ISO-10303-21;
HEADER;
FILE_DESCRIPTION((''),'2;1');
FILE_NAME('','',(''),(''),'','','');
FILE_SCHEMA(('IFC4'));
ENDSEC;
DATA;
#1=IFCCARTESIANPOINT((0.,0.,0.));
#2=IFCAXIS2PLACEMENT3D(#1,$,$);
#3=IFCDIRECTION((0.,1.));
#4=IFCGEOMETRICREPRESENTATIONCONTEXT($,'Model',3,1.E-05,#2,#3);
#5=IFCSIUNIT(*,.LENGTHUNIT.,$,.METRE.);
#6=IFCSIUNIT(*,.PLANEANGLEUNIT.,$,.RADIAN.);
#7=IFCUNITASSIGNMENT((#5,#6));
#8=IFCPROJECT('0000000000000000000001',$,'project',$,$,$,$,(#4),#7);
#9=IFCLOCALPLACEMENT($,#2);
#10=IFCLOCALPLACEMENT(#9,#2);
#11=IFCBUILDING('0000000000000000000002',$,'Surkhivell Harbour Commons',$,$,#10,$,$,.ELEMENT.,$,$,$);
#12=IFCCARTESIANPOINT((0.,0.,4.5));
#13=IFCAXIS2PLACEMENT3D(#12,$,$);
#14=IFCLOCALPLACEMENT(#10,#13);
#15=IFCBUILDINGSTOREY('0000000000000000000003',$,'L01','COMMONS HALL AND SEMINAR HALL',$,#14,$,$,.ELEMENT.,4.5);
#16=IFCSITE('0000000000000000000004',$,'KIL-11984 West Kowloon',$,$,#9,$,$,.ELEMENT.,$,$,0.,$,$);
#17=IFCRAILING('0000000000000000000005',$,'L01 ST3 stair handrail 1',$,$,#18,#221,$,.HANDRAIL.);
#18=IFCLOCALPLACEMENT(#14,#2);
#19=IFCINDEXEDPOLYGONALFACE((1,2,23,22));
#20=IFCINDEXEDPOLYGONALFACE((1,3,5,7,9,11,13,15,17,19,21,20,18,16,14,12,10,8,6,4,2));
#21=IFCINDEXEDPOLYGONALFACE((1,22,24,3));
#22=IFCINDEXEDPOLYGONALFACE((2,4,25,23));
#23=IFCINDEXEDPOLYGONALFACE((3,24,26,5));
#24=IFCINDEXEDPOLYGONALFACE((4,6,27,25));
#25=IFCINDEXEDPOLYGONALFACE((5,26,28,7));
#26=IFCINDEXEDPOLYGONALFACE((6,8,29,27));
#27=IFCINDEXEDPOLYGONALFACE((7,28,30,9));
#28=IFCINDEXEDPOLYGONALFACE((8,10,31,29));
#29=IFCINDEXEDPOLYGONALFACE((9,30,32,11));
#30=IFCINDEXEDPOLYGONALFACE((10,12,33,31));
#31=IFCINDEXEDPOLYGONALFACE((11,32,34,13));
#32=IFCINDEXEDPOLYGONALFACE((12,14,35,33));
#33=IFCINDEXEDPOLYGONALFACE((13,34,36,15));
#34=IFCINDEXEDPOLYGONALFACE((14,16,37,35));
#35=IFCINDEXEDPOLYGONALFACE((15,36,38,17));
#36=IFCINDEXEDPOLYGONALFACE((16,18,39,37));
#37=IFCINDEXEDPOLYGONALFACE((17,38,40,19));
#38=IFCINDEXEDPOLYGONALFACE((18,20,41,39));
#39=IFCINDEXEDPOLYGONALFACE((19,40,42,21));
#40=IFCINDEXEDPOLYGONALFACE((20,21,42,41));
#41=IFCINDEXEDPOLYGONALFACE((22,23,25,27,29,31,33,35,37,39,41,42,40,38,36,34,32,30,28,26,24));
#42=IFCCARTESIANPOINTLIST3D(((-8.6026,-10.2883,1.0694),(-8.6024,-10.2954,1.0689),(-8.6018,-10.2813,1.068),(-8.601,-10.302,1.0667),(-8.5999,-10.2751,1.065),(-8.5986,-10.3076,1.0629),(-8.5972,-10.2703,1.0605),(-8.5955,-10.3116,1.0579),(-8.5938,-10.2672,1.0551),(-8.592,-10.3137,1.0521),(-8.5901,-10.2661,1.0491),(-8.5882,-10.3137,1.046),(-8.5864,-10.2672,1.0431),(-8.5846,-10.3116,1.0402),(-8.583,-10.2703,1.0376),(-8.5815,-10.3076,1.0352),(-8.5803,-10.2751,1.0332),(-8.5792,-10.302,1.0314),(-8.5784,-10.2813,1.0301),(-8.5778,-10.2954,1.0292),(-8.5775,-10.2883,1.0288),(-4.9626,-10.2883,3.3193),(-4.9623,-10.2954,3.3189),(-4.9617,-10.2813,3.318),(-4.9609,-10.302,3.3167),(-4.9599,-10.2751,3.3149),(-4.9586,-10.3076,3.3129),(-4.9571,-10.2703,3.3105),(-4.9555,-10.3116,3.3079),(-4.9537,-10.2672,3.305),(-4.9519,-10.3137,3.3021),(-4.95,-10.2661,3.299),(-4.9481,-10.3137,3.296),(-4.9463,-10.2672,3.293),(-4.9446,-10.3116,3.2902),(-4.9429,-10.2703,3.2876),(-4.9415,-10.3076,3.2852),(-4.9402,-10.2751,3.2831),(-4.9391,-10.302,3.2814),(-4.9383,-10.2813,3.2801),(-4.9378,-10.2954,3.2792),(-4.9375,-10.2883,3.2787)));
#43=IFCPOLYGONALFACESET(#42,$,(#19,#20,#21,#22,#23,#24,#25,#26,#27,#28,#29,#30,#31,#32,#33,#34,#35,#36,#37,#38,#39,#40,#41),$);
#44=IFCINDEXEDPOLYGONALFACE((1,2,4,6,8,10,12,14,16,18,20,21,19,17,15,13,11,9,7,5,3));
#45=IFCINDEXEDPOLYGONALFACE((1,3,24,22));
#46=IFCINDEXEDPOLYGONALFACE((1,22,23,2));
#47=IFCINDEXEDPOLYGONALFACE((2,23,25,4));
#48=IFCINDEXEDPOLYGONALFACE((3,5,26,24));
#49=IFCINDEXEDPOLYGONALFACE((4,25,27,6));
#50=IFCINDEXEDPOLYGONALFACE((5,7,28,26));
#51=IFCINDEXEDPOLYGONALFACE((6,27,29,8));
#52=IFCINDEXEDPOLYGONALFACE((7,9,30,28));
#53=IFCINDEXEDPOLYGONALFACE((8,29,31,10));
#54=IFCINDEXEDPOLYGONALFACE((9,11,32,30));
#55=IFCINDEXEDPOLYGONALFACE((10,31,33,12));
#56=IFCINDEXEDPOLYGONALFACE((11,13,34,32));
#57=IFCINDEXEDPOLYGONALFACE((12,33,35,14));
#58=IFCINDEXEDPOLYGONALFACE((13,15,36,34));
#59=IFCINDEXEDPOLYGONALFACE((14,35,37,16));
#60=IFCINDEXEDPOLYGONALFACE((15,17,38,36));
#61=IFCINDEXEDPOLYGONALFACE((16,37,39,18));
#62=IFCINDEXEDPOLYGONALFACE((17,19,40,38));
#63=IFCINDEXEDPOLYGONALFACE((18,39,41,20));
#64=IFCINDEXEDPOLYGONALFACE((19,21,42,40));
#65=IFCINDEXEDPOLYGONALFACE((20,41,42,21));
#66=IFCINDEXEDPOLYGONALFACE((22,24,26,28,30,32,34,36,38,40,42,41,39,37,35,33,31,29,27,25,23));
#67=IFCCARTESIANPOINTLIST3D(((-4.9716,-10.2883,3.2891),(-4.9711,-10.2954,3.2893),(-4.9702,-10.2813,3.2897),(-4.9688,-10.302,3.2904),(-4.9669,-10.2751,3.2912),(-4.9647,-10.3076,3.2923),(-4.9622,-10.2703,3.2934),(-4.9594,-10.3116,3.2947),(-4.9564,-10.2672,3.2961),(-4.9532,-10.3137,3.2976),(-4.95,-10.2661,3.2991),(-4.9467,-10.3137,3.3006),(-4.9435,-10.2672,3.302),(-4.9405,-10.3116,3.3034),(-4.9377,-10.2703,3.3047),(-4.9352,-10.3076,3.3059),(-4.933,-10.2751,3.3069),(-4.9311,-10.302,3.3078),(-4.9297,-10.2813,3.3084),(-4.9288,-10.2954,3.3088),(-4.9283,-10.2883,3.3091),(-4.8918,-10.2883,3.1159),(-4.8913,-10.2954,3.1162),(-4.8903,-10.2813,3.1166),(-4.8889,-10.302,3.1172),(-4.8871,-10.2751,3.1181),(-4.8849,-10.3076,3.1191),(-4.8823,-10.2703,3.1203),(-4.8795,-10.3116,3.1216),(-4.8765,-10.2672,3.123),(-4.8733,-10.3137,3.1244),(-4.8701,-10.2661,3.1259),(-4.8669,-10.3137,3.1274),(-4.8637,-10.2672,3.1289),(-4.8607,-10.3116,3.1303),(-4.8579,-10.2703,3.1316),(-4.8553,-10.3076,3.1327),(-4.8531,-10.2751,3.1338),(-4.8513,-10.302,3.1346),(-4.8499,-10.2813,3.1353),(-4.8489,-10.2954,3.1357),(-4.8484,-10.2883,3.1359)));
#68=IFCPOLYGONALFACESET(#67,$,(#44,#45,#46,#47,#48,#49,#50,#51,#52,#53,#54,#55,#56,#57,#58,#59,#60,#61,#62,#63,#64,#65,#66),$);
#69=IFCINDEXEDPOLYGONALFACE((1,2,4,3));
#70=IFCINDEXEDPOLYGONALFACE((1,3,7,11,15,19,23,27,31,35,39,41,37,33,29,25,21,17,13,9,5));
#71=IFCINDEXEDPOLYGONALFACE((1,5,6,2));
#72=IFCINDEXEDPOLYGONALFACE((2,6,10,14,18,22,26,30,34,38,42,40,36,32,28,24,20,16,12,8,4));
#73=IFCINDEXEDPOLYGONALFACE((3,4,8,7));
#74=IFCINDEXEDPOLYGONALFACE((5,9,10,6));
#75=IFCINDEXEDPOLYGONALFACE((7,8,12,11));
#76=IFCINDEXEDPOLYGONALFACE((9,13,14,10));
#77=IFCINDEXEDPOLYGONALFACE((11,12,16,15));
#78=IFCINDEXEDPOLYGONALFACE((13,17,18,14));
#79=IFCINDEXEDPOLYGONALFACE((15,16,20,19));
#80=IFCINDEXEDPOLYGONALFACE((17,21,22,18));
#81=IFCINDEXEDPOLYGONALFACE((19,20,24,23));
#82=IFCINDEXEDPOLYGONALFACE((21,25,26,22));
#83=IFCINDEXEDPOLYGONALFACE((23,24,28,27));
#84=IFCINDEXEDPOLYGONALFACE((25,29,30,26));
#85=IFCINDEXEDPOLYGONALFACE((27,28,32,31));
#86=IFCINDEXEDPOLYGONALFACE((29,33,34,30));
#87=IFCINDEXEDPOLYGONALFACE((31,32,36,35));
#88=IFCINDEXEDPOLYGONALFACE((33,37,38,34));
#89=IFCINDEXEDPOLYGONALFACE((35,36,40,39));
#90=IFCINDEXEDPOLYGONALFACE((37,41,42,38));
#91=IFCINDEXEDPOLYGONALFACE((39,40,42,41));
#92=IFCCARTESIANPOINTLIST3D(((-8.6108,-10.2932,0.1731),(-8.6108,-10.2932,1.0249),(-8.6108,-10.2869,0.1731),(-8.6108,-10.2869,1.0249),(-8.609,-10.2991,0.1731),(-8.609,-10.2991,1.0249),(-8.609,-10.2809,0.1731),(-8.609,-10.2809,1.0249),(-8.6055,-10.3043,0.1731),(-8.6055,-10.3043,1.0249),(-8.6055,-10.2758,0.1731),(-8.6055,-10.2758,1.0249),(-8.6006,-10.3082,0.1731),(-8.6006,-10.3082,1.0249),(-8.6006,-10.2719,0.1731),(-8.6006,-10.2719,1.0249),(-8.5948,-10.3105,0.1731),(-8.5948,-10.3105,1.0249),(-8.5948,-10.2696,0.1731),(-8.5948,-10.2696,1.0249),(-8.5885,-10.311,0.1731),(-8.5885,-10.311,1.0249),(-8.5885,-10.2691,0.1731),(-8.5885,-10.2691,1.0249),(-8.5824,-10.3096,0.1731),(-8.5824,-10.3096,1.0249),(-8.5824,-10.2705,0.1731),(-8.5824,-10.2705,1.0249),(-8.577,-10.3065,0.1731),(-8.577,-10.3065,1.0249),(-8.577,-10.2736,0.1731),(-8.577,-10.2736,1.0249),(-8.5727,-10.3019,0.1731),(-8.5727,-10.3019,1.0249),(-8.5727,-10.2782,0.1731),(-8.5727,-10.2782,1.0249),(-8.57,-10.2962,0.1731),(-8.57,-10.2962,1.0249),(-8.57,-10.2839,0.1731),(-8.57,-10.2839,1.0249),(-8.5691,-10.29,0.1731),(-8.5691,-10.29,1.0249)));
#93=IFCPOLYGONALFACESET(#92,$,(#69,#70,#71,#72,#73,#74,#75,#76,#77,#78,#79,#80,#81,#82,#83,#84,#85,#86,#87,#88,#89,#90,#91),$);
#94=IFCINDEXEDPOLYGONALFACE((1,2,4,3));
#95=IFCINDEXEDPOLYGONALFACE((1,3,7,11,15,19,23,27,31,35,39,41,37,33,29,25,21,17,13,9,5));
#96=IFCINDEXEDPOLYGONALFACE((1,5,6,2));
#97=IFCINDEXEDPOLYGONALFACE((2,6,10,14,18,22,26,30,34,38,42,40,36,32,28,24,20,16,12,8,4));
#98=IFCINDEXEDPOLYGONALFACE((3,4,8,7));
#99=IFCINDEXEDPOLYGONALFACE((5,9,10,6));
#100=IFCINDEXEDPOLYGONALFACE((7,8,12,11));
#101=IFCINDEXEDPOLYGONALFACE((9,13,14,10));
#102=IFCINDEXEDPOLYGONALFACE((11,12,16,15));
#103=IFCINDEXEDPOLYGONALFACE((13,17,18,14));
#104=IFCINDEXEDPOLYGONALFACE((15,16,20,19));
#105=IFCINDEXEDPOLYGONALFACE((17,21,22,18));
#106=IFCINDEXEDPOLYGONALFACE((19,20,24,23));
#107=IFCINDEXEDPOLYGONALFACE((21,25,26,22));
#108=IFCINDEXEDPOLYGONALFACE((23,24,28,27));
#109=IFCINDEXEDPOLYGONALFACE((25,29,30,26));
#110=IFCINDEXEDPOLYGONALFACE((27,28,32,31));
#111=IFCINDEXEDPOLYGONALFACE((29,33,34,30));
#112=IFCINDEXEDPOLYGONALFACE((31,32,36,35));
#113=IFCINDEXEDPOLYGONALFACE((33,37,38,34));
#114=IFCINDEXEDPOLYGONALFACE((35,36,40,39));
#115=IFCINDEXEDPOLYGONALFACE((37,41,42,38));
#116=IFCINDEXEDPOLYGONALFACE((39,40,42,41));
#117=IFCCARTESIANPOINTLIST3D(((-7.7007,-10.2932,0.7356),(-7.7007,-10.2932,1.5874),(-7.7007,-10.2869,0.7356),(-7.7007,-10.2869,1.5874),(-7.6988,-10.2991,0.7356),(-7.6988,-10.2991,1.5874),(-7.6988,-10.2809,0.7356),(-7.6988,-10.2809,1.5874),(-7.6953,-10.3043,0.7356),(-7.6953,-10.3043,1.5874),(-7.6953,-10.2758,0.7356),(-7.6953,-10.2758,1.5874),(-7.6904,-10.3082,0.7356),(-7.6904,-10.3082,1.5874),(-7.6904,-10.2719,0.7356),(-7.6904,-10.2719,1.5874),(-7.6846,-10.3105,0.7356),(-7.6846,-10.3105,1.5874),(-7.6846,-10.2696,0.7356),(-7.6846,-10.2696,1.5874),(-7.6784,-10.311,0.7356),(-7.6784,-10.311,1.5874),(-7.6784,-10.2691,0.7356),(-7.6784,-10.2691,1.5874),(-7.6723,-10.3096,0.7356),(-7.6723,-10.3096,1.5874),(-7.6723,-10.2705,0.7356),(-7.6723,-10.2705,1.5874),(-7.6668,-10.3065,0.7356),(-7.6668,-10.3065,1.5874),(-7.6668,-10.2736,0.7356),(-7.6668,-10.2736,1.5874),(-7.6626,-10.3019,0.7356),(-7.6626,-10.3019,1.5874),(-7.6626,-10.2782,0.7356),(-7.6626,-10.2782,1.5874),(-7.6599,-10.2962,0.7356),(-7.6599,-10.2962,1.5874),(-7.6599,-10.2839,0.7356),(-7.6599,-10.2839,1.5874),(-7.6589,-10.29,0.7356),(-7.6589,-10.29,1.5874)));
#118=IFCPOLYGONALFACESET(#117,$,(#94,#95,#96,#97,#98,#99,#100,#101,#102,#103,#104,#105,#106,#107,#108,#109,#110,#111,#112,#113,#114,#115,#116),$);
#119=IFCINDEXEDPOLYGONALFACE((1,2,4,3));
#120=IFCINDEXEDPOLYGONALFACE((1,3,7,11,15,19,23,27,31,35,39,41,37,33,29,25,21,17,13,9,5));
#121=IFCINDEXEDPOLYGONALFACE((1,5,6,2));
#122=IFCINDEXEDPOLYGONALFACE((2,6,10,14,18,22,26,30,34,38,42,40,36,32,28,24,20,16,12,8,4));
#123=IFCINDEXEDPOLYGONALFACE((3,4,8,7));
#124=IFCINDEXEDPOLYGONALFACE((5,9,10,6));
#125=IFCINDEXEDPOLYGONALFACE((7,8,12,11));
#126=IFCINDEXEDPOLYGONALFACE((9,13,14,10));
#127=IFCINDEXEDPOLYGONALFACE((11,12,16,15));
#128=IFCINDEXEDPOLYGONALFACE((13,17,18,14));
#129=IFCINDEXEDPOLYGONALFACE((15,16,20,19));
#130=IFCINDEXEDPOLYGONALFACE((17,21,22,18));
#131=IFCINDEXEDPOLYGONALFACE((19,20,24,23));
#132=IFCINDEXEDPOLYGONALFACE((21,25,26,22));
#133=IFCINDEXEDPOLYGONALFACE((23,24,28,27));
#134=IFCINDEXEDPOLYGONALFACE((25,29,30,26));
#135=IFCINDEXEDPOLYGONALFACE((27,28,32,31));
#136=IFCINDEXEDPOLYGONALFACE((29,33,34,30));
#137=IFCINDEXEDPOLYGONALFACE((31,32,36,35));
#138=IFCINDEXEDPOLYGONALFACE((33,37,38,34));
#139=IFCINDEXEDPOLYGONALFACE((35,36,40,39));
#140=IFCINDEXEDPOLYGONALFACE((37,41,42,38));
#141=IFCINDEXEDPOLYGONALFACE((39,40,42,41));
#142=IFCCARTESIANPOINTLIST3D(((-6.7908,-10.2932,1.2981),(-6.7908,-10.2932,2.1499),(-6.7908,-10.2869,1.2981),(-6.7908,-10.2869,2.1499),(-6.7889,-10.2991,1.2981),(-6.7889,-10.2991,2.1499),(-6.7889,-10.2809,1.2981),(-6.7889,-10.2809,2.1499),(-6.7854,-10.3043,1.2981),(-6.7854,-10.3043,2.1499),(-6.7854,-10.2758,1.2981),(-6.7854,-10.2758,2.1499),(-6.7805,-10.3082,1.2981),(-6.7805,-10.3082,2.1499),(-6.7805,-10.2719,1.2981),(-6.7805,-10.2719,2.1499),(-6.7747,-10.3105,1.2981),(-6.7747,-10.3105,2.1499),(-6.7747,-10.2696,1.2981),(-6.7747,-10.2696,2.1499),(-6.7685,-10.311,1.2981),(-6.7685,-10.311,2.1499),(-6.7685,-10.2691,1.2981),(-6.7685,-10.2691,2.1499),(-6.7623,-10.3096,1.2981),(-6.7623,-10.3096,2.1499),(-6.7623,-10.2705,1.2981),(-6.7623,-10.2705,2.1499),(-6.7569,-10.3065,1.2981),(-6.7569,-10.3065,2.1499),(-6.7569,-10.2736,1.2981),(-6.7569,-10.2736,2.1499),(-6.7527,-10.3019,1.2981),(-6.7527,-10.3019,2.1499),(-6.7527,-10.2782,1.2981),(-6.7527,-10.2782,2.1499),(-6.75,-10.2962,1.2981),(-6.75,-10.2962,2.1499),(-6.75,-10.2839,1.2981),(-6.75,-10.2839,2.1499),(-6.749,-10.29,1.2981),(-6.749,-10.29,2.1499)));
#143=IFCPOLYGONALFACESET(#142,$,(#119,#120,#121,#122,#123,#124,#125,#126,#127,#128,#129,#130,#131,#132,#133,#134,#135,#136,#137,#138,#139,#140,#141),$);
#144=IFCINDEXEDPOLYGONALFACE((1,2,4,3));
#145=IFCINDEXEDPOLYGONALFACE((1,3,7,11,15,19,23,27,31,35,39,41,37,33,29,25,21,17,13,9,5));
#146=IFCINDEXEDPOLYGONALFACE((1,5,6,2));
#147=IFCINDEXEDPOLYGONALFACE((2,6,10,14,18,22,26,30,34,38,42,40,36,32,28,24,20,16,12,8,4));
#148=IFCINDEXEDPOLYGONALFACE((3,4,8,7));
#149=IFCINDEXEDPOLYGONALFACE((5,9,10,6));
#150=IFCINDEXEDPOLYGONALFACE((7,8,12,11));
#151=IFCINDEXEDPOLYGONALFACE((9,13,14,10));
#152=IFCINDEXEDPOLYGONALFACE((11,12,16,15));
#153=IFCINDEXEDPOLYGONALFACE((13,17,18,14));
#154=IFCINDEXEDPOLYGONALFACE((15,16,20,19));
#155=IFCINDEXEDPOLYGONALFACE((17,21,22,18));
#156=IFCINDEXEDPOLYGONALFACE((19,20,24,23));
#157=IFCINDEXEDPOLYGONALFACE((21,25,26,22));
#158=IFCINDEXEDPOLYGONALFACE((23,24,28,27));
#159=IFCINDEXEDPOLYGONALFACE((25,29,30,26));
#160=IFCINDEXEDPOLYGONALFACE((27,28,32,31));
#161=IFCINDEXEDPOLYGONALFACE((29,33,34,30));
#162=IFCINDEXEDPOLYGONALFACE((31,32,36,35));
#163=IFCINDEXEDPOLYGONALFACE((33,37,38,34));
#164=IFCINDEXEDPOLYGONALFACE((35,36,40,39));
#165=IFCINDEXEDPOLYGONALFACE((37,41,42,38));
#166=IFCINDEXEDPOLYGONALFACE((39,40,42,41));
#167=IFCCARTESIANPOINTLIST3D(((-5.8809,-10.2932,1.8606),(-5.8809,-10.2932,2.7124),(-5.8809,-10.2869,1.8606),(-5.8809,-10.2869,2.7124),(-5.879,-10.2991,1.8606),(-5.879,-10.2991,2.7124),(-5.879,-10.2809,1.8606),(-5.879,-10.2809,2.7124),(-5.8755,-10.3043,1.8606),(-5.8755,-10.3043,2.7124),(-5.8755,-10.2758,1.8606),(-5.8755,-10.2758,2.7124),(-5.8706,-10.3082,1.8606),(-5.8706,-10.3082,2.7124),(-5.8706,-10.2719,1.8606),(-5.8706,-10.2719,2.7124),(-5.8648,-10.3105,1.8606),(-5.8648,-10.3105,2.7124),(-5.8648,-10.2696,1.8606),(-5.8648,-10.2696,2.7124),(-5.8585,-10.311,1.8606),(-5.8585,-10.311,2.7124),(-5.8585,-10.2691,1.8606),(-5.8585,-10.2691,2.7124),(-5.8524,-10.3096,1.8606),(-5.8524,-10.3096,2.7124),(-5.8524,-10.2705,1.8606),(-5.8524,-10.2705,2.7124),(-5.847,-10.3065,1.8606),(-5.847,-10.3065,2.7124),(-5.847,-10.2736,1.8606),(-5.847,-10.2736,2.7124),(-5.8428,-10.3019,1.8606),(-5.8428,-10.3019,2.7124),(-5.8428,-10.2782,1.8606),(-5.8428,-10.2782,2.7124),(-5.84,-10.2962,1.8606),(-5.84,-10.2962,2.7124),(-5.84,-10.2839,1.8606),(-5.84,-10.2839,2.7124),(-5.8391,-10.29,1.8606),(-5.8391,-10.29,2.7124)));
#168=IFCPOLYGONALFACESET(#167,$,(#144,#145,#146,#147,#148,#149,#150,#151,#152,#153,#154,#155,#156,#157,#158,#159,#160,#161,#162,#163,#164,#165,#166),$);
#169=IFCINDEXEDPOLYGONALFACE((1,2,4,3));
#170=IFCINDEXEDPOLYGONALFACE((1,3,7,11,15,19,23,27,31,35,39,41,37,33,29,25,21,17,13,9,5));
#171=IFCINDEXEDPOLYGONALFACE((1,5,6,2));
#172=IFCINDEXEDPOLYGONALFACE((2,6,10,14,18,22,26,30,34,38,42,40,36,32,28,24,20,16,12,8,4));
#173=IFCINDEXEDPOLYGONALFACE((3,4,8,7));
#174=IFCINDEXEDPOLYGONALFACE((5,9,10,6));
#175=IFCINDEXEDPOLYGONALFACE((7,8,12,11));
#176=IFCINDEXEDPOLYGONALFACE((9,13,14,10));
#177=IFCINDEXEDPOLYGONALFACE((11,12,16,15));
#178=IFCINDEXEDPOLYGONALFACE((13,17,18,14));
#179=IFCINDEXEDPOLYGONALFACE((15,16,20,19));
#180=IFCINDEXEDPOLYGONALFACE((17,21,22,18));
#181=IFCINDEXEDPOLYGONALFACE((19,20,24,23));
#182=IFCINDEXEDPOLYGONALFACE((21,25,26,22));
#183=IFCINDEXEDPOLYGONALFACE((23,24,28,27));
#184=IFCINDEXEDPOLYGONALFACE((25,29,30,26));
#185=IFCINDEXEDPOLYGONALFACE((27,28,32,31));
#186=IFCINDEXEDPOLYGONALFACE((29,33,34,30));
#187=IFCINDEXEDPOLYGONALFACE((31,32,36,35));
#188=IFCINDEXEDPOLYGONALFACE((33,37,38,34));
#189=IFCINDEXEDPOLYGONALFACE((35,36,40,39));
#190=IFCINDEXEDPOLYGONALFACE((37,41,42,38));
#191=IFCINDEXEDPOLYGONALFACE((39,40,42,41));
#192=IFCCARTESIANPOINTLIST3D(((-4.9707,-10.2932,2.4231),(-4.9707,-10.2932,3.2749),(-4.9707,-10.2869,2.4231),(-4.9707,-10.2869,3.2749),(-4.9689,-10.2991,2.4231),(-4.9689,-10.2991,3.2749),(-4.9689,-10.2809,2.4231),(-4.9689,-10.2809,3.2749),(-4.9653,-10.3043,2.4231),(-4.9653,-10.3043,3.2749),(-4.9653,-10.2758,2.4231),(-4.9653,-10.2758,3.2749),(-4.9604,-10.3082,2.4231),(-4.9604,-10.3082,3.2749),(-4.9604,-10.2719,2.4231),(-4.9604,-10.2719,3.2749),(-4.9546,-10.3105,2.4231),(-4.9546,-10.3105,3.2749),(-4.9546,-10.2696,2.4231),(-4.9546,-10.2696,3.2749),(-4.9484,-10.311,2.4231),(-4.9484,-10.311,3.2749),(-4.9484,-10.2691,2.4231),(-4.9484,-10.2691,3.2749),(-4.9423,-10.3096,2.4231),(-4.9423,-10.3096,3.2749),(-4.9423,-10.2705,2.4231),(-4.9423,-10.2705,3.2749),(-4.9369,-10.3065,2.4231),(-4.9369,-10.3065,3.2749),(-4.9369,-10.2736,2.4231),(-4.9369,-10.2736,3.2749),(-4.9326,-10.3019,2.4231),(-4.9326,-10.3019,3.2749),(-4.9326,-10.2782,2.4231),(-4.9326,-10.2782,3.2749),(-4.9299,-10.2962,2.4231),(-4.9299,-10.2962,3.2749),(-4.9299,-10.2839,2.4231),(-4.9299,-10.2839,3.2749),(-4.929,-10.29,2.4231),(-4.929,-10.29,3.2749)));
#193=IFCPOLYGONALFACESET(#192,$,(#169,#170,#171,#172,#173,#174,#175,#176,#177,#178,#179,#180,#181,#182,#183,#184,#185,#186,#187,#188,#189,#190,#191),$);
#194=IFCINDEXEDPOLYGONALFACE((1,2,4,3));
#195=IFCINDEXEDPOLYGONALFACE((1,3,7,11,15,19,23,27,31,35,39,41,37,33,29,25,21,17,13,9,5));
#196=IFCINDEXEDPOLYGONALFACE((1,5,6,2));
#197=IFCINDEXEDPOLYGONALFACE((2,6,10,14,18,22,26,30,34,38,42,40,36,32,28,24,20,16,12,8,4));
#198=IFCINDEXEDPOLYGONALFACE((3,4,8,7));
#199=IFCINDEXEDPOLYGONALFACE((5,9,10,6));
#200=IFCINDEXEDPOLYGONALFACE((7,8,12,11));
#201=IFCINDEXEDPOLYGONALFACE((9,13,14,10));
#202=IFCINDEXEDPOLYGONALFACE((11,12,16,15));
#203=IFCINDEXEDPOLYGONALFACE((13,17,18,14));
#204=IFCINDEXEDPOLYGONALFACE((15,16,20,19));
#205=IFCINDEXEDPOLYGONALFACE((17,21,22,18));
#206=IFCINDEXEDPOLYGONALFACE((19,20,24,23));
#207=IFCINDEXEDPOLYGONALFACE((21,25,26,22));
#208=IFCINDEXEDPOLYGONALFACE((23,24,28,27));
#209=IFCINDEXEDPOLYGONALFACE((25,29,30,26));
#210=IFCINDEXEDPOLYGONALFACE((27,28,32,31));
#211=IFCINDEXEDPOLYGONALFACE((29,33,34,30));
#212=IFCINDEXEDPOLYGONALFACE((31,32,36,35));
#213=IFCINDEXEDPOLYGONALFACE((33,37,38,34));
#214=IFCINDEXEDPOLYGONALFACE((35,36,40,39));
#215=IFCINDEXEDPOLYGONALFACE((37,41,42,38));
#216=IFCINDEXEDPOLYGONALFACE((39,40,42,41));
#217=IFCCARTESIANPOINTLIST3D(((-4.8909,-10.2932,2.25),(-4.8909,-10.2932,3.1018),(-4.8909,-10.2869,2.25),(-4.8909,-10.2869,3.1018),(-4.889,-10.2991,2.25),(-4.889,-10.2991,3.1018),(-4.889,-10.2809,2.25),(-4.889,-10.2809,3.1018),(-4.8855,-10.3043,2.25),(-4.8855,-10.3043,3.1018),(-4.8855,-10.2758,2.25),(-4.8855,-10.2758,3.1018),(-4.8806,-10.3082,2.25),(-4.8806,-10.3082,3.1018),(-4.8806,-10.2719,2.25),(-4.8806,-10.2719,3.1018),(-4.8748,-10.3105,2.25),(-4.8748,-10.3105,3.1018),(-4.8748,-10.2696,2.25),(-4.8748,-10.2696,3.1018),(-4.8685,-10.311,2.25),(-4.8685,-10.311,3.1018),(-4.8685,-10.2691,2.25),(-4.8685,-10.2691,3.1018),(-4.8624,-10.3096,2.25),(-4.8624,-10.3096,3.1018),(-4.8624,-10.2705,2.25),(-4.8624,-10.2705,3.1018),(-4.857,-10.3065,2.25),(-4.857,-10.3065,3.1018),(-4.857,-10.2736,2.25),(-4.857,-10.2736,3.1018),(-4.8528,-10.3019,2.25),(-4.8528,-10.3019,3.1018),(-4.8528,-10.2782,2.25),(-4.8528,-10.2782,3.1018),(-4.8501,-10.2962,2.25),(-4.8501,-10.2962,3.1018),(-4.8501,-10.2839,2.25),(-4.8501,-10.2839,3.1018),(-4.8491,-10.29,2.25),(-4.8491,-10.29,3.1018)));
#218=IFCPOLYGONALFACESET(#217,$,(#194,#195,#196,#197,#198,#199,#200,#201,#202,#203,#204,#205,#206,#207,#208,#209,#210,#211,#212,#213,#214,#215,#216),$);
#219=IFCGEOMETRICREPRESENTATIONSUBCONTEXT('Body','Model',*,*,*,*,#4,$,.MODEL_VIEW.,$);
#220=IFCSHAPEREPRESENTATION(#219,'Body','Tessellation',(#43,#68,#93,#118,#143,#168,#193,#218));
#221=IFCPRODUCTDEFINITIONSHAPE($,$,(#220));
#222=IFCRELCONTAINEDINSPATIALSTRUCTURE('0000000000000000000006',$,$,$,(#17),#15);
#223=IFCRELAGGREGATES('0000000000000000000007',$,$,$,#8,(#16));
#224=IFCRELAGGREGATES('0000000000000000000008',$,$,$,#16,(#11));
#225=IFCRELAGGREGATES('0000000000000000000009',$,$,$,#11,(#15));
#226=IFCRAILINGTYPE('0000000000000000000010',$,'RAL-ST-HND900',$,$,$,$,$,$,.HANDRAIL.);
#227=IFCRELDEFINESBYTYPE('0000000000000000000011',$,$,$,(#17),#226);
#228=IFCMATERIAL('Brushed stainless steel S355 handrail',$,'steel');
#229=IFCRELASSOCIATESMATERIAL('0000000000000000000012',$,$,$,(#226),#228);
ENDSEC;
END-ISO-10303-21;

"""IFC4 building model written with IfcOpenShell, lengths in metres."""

from ifc_helpers import new_model, si_unit, direction, frame, origin, origin_2d, place, context, subcontext, project, spatial, circle, extrude, material, type_object, element, save


model = new_model("IFC4")

# Units and contexts
model_context = context("Model", 3, precision=1e-05, world=origin(), true_north=direction((0.0, 1.0)))
body_context = subcontext(model_context, "Body", "Model", "MODEL_VIEW")
ifc_project = project(units=[si_unit("LENGTHUNIT", "METRE"), si_unit("PLANEANGLEUNIT", "RADIAN")], contexts=[model_context])

# Site, building, storey
site_placement = place(None, origin())
site = spatial("IfcSite", under=ifc_project, at=site_placement, Name="KIL-11984 West Kowloon", CompositionType="ELEMENT", RefElevation=0.0)
building_placement = place(site_placement, origin())
building = spatial("IfcBuilding", under=site, at=building_placement, Name="Surkhivell Harbour Commons", CompositionType="ELEMENT")
storey_placement = place(building_placement, frame((0.0, 0.0, 4.5)))
storey = spatial("IfcBuildingStorey", under=building, at=storey_placement, Name="L01", Description="COMMONS HALL AND SEMINAR HALL", CompositionType="ELEMENT", Elevation=4.5)

# Railing
ifc_material_1 = material(Name="Brushed stainless steel S355 handrail", Category="steel")
railing_type_1 = type_object("IfcRailingType", Name="RAL-ST-HND900", PredefinedType="HANDRAIL", material=ifc_material_1)
railing_1_placement = place(storey_placement, frame((-8.5901, -10.29, 0.1731)))
element("IfcRailing", 1, at=railing_1_placement, inside=storey, type_object=railing_type_1, Name="L01 ST3 stair handrail 1", PredefinedType="HANDRAIL", context=body_context, shape_type="SweptSolid", body=[
    extrude(circle(Radius=0.0239, at=origin_2d()), frame((0.0, 0.0, 0.876), z_axis=(0.850622, 0.0, 0.525777), x_axis=(0.0, 1.0, 0.0)), (0.0, 0.0, 1.0), 4.2793),
    extrude(circle(Radius=0.0239, at=origin_2d()), frame((3.6401, 0.0, 3.126), z_axis=(0.418815, 0.0, -0.908072), x_axis=(0.0, 1.0, 0.0)), (0.0, 0.0, 1.0), 0.1907),
    extrude(circle(Radius=0.021, at=origin_2d()), origin(), (0.0, 0.0, 1.0), 0.8518),
    extrude(circle(Radius=0.021, at=origin_2d()), frame((0.9102, 0.0, 0.5625)), (0.0, 0.0, 1.0), 0.8518),
    extrude(circle(Radius=0.021, at=origin_2d()), frame((1.8201, 0.0, 1.125)), (0.0, 0.0, 1.0), 0.8518),
    extrude(circle(Radius=0.021, at=origin_2d()), frame((2.73, 0.0, 1.6875)), (0.0, 0.0, 1.0), 0.8518),
    extrude(circle(Radius=0.021, at=origin_2d()), frame((3.6401, 0.0, 2.25)), (0.0, 0.0, 1.0), 0.8518),
    extrude(circle(Radius=0.021, at=origin_2d()), frame((3.72, 0.0, 2.0769)), (0.0, 0.0, 1.0), 0.8518),
])

save(model, "model.ifc")
